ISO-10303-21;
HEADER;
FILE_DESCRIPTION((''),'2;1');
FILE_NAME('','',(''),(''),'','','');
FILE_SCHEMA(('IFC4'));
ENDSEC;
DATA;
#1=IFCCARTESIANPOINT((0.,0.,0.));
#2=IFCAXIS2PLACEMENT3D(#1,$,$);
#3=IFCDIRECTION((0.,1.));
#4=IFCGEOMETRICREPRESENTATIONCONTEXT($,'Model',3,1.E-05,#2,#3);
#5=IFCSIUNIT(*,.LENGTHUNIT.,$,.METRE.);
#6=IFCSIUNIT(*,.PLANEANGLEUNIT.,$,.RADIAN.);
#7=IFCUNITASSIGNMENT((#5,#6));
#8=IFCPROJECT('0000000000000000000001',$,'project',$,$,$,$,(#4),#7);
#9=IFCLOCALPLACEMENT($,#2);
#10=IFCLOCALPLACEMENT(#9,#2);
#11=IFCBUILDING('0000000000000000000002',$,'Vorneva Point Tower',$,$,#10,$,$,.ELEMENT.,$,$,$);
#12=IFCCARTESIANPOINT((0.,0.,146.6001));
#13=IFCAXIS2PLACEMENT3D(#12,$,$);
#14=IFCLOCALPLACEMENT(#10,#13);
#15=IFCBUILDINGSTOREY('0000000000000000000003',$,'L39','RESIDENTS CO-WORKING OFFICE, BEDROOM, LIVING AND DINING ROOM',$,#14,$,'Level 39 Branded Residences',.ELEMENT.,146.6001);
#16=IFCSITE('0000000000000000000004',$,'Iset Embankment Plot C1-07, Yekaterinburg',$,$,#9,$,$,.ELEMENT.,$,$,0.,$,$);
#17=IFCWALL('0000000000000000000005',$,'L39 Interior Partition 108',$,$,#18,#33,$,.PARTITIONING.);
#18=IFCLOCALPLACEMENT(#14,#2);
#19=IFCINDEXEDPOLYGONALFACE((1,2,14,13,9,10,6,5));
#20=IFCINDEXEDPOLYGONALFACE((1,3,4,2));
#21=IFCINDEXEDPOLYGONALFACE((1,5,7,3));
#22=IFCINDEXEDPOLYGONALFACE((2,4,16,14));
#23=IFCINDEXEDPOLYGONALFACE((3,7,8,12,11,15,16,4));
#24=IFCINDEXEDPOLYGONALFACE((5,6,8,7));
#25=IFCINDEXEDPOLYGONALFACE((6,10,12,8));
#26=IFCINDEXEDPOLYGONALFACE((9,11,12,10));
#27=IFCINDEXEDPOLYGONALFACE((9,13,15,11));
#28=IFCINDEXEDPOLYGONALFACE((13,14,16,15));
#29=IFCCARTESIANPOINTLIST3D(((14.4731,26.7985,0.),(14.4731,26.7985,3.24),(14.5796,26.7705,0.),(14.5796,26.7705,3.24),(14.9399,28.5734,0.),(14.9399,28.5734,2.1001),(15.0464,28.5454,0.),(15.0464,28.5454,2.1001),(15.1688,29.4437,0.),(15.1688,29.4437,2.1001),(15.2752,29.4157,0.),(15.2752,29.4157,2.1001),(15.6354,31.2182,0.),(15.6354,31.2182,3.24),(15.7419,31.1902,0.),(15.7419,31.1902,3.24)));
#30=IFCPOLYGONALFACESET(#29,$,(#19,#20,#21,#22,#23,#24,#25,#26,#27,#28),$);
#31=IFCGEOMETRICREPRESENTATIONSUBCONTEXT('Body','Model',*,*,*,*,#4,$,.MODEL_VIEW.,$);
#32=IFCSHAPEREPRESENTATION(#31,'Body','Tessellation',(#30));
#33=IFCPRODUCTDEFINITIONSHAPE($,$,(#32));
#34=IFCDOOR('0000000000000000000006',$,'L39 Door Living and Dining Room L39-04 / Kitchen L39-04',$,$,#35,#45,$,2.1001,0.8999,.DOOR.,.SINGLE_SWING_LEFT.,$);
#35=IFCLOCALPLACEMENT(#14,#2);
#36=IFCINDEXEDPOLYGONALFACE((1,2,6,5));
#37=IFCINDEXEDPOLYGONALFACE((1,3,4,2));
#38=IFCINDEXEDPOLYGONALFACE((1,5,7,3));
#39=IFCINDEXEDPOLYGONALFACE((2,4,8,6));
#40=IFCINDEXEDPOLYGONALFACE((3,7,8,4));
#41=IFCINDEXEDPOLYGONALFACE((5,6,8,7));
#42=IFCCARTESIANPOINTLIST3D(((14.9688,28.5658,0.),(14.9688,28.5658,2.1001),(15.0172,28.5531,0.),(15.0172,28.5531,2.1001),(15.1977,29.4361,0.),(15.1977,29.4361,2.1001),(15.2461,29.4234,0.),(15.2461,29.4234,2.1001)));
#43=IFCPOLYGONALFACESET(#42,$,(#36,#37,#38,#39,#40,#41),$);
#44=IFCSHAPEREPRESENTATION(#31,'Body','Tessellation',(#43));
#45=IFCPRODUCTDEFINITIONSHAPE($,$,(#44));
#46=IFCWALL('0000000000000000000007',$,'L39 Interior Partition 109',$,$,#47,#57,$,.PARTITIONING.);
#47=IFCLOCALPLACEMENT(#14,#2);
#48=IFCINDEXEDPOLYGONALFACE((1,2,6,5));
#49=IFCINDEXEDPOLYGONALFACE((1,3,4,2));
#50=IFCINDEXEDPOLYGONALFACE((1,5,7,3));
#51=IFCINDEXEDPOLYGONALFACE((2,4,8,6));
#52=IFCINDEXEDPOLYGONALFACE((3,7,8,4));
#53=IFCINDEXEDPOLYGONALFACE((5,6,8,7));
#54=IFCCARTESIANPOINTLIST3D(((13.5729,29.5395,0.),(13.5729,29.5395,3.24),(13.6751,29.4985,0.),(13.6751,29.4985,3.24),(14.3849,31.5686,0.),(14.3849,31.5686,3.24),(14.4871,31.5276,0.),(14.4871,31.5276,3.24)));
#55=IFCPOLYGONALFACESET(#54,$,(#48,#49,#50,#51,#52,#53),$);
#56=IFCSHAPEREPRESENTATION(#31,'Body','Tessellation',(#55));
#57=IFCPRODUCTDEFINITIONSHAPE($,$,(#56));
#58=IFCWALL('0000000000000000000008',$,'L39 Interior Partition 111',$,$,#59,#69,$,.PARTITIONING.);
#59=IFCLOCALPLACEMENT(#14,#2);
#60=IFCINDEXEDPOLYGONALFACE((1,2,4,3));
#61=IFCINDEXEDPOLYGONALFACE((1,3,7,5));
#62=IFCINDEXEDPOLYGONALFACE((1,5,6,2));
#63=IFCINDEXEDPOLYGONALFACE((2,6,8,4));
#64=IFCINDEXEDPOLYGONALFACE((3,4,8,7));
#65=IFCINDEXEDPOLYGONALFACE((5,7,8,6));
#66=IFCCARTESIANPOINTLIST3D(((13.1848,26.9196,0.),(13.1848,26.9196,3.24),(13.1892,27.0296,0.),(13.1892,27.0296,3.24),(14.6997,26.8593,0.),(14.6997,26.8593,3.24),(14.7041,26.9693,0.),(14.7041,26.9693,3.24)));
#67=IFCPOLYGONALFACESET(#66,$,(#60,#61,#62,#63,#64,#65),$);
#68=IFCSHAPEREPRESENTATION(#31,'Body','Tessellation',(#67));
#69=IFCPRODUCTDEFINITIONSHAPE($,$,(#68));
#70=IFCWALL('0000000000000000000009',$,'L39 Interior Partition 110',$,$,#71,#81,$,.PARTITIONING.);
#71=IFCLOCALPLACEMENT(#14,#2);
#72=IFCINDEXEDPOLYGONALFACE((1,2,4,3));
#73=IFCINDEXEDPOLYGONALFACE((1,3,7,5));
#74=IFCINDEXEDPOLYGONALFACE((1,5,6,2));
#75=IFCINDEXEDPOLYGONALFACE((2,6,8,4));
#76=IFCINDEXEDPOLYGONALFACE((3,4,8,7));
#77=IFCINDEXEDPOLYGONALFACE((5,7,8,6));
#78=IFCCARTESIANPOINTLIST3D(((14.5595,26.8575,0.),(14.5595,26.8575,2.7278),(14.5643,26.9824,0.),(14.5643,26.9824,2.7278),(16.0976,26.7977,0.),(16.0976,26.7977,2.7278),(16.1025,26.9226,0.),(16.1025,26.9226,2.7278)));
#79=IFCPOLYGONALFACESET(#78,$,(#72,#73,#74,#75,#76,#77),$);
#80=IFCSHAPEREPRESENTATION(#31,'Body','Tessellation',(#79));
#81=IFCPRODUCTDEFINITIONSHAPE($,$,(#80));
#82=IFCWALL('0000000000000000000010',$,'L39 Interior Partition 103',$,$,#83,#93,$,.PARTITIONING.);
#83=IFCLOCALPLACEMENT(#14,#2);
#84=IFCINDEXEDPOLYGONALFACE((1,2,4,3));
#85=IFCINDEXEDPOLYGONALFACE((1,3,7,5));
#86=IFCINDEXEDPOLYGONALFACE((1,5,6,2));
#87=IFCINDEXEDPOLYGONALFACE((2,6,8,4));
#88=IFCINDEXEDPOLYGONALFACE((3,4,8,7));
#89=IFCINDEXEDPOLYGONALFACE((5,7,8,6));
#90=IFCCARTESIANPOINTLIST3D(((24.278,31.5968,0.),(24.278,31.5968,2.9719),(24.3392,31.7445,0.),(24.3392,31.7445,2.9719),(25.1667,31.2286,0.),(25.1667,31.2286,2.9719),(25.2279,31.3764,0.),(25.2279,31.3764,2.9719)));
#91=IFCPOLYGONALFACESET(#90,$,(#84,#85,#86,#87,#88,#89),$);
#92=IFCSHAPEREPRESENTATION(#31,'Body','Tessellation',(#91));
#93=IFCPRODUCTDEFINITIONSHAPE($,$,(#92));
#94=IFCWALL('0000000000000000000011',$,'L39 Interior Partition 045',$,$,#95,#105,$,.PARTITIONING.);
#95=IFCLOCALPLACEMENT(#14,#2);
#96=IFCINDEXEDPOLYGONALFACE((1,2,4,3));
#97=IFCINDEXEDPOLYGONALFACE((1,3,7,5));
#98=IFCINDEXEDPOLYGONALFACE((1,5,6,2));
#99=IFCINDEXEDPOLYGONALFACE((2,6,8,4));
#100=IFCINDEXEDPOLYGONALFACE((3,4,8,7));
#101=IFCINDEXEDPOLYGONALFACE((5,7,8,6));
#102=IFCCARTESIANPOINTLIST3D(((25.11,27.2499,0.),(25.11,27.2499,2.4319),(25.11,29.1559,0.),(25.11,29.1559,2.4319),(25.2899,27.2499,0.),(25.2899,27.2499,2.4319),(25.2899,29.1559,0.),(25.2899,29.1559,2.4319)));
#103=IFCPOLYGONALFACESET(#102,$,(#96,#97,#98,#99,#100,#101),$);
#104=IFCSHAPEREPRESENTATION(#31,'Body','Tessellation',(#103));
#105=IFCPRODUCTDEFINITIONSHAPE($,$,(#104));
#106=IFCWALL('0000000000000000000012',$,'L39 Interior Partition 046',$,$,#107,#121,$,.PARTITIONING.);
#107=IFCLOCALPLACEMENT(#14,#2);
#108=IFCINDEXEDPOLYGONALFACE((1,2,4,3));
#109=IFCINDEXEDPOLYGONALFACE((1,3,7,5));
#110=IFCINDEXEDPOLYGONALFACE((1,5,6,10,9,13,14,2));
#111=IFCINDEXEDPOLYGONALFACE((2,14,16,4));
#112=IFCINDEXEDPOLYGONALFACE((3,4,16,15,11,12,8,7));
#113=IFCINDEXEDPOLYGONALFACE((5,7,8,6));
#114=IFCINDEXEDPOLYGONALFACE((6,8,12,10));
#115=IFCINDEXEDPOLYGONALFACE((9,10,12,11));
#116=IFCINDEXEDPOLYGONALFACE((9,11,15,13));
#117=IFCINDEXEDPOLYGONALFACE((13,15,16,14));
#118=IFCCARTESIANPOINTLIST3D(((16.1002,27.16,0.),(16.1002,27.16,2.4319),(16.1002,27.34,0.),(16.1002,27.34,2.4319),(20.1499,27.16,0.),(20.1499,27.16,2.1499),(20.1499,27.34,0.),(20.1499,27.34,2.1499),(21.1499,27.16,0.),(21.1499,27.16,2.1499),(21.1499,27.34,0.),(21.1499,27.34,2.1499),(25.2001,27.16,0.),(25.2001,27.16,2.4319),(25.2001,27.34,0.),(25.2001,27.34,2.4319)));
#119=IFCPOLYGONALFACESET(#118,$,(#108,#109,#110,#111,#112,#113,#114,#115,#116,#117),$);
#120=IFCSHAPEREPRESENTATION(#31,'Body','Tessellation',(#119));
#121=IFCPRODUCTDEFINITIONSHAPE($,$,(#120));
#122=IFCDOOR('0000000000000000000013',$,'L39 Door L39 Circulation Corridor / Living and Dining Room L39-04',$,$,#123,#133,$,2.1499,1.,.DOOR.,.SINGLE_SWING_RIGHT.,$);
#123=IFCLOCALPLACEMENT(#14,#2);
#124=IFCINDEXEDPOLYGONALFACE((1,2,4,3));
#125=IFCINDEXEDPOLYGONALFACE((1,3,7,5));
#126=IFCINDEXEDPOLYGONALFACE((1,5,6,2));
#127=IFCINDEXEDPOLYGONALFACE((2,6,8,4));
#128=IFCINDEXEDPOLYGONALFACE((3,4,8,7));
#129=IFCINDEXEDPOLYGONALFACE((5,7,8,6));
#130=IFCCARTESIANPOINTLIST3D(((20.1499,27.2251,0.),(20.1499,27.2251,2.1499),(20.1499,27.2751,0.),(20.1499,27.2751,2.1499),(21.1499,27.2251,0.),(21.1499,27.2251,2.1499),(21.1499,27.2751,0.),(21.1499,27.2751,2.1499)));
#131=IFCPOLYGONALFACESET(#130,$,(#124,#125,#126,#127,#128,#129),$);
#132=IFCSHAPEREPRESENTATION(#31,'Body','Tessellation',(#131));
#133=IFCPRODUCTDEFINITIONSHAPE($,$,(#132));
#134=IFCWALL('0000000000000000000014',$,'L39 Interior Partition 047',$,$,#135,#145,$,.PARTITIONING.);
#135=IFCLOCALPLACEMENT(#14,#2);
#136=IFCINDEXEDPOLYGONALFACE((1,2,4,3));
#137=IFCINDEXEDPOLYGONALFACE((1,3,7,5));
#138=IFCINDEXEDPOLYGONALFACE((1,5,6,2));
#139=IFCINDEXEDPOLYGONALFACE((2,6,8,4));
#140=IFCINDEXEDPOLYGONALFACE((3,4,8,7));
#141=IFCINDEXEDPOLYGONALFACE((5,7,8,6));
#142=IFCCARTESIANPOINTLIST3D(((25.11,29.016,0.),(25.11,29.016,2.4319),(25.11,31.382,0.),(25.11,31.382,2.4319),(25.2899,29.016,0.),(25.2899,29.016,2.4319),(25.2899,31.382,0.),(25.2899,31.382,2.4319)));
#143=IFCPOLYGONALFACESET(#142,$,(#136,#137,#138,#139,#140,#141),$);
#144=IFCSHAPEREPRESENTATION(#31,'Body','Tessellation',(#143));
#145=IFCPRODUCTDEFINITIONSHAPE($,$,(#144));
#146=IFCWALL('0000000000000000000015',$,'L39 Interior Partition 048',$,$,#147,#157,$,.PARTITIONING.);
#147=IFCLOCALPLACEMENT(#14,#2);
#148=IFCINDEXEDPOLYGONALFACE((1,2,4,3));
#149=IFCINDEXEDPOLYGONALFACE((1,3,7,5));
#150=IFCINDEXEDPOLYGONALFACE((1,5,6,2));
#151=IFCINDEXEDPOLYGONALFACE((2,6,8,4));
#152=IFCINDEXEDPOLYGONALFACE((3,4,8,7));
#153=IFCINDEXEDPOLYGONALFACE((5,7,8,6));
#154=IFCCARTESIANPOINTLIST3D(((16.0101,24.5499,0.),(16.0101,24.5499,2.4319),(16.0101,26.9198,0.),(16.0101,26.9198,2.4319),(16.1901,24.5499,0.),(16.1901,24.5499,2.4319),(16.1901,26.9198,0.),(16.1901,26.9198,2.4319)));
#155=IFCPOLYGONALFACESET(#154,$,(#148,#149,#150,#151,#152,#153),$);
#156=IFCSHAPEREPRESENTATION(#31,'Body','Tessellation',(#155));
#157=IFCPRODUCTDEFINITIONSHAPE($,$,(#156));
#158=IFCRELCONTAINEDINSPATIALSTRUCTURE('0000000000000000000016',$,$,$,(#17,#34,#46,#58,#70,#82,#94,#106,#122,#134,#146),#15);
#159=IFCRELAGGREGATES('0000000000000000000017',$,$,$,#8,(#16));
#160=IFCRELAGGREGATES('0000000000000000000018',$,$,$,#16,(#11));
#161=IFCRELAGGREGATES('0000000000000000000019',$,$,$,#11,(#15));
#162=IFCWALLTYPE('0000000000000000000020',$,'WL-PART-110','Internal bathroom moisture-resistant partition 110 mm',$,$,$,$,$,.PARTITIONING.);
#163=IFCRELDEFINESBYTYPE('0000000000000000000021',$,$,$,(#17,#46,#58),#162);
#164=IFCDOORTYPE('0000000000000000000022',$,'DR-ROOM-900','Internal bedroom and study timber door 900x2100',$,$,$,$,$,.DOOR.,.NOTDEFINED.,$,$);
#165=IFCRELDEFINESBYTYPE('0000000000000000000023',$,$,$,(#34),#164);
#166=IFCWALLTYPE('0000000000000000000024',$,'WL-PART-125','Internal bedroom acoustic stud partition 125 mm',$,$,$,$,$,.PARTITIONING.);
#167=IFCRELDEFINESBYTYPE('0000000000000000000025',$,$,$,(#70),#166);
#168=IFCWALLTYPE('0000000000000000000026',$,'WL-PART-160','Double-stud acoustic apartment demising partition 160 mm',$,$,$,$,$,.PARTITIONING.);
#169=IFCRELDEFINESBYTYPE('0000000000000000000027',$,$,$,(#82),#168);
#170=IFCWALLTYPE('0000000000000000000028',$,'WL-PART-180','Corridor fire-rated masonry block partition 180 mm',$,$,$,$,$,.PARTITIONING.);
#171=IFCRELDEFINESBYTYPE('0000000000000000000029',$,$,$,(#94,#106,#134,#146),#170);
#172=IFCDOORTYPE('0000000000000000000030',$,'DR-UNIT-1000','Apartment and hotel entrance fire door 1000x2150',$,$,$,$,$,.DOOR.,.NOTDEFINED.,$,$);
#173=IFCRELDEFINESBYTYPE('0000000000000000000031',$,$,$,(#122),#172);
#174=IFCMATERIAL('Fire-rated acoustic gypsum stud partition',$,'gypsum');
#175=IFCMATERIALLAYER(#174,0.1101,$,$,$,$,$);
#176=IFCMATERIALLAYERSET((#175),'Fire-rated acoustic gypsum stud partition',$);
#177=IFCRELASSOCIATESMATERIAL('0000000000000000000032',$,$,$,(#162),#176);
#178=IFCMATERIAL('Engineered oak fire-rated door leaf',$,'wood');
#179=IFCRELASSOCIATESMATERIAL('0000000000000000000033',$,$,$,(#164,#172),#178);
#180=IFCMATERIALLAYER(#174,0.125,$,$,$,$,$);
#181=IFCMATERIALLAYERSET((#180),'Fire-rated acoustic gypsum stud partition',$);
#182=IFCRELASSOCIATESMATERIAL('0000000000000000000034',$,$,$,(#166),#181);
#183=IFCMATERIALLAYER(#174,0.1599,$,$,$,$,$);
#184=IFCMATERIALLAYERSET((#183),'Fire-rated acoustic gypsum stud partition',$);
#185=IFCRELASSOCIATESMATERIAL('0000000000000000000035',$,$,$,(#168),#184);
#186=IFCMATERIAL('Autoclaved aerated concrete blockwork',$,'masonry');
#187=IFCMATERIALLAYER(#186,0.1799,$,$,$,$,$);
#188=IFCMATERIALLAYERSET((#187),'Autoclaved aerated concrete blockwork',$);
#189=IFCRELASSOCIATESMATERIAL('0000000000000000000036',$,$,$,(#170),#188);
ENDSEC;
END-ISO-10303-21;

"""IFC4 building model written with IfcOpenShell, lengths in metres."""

from ifc_helpers import new_model, si_unit, direction, frame, frame_2d, origin, place, context, subcontext, project, spatial, rectangle, extrude, material, layer, layer_set, type_object, element, fill, save


model = new_model("IFC4")

# Units and contexts
model_context = context("Model", 3, precision=1e-05, world=origin(), true_north=direction((0.0, 1.0)))
body_context = subcontext(model_context, "Body", "Model", "MODEL_VIEW")
ifc_project = project(units=[si_unit("LENGTHUNIT", "METRE"), si_unit("PLANEANGLEUNIT", "RADIAN")], contexts=[model_context])

# Site, building, storey
site_placement = place(None, origin())
site = spatial("IfcSite", under=ifc_project, at=site_placement, Name="Iset Embankment Plot C1-07, Yekaterinburg", CompositionType="ELEMENT", RefElevation=0.0)
building_placement = place(site_placement, origin())
building = spatial("IfcBuilding", under=site, at=building_placement, Name="Vorneva Point Tower", CompositionType="ELEMENT")
storey_placement = place(building_placement, frame((0.0, 0.0, 146.6001)))
storey = spatial("IfcBuildingStorey", under=building, at=storey_placement, Name="L39", Description="RESIDENTS CO-WORKING OFFICE, BEDROOM, LIVING AND DINING ROOM", LongName="Level 39 Branded Residences", CompositionType="ELEMENT", Elevation=146.6001)

# Shared definitions
ifc_material_1 = material(Name="Fire-rated acoustic gypsum stud partition", Category="gypsum")
ifc_layer_1 = layer(ifc_material_1, 0.1101)
ifc_layer_set_1 = layer_set([ifc_layer_1], Name="Fire-rated acoustic gypsum stud partition")
wall_type_1 = type_object("IfcWallType", Name="WL-PART-110", Description="Internal bathroom moisture-resistant partition 110 mm", PredefinedType="PARTITIONING", material=ifc_layer_set_1)
ifc_material_2 = material(Name="Engineered oak fire-rated door leaf", Category="wood")

# Wall, opening, door
wall_1_placement = place(storey_placement, frame((15.6887, 31.2043, 0.0), z_axis=(0.0, 0.0, 1.0), x_axis=(-0.254346, -0.967113, 0.0)))
wall_1 = element("IfcWall", 1, at=wall_1_placement, inside=storey, type_object=wall_type_1, Name="L39 Interior Partition 108", PredefinedType="PARTITIONING", context=body_context, shape_type="SweptSolid", body=[
    extrude(rectangle(XDim=4.5701, YDim=0.1101, at=frame_2d((2.2852, 0.0))), origin(), (0.0, 0.0, 1.0), 3.24),
])
opening_1_placement = place(wall_1_placement, frame((1.835, 0.0, 0.0)))
opening_1 = element("IfcOpeningElement", 2, at=opening_1_placement, cuts=wall_1, PredefinedType="OPENING", context=body_context, shape_type="SweptSolid", body=[
    extrude(rectangle(XDim=0.8999, YDim=2.1001, at=frame_2d((0.45, 1.05))), frame((0.0, 0.0698, 0.0), z_axis=(0.0, -1.0, 0.0), x_axis=(1.0, 0.0, 0.0)), (0.0, 0.0, 1.0), 0.1399),
])
door_type_1 = type_object("IfcDoorType", Name="DR-ROOM-900", Description="Internal bedroom and study timber door 900x2100", OperationType="NOTDEFINED", PredefinedType="DOOR", material=ifc_material_2)
door_1_placement = place(opening_1_placement, origin())
door_1 = element("IfcDoor", 3, at=door_1_placement, inside=storey, type_object=door_type_1, Name="L39 Door Living and Dining Room L39-04 / Kitchen L39-04", OperationType="SINGLE_SWING_LEFT", OverallHeight=2.1001, OverallWidth=0.8999, PredefinedType="DOOR", context=body_context, shape_type="SweptSolid", body=[
    extrude(rectangle(XDim=0.8999, YDim=2.1001, at=frame_2d((0.45, 1.05))), frame((0.0, 0.0249, 0.0), z_axis=(0.0, -1.0, 0.0), x_axis=(1.0, 0.0, 0.0)), (0.0, 0.0, 1.0), 0.05),
])
fill(opening_1, door_1)

# Walls
wall_2_placement = place(storey_placement, frame((14.436, 31.5481, 0.0), z_axis=(0.0, 0.0, 1.0), x_axis=(-0.371545, -0.928415, 0.0)))
element("IfcWall", 4, at=wall_2_placement, inside=storey, type_object=wall_type_1, Name="L39 Interior Partition 109", PredefinedType="PARTITIONING", context=body_context, shape_type="SweptSolid", body=[
    extrude(rectangle(XDim=2.1855, YDim=0.1101, at=frame_2d((1.0928, 0.0))), origin(), (0.0, 0.0, 1.0), 3.24),
])
wall_3_placement = place(storey_placement, frame((13.187, 26.9746, 0.0), z_axis=(0.0, 0.0, 1.0), x_axis=(0.999209, -0.039775, 0.0)))
element("IfcWall", 5, at=wall_3_placement, inside=storey, type_object=wall_type_1, Name="L39 Interior Partition 111", PredefinedType="PARTITIONING", context=body_context, shape_type="SweptSolid", body=[
    extrude(rectangle(XDim=1.5161, YDim=0.1101, at=frame_2d((0.7581, 0.0))), origin(), (0.0, 0.0, 1.0), 3.24),
])
ifc_layer_2 = layer(ifc_material_1, 0.125)
ifc_layer_set_2 = layer_set([ifc_layer_2], Name="Fire-rated acoustic gypsum stud partition")
wall_type_2 = type_object("IfcWallType", Name="WL-PART-125", Description="Internal bedroom acoustic stud partition 125 mm", PredefinedType="PARTITIONING", material=ifc_layer_set_2)
wall_4_placement = place(storey_placement, frame((14.562, 26.9199, 0.0), z_axis=(0.0, 0.0, 1.0), x_axis=(0.999245, -0.03886, 0.0)))
element("IfcWall", 6, at=wall_4_placement, inside=storey, type_object=wall_type_2, Name="L39 Interior Partition 110", PredefinedType="PARTITIONING", context=body_context, shape_type="SweptSolid", body=[
    extrude(rectangle(XDim=1.5393, YDim=0.125, at=frame_2d((0.7695, 0.0))), origin(), (0.0, 0.0, 1.0), 2.7278),
])
ifc_layer_3 = layer(ifc_material_1, 0.1599)
ifc_layer_set_3 = layer_set([ifc_layer_3], Name="Fire-rated acoustic gypsum stud partition")
wall_type_3 = type_object("IfcWallType", Name="WL-PART-160", Description="Double-stud acoustic apartment demising partition 160 mm", PredefinedType="PARTITIONING", material=ifc_layer_set_3)
wall_5_placement = place(storey_placement, frame((24.3086, 31.6707, 0.0), z_axis=(0.0, 0.0, 1.0), x_axis=(0.923856, -0.38274, 0.0)))
element("IfcWall", 7, at=wall_5_placement, inside=storey, type_object=wall_type_3, Name="L39 Interior Partition 103", PredefinedType="PARTITIONING", context=body_context, shape_type="SweptSolid", body=[
    extrude(rectangle(XDim=0.9619, YDim=0.1599, at=frame_2d((0.481, 0.0))), origin(), (0.0, 0.0, 1.0), 2.9719),
])
ifc_material_3 = material(Name="Autoclaved aerated concrete blockwork", Category="masonry")
ifc_layer_4 = layer(ifc_material_3, 0.1799)
ifc_layer_set_4 = layer_set([ifc_layer_4], Name="Autoclaved aerated concrete blockwork")
wall_type_4 = type_object("IfcWallType", Name="WL-PART-180", Description="Corridor fire-rated masonry block partition 180 mm", PredefinedType="PARTITIONING", material=ifc_layer_set_4)
wall_6_placement = place(storey_placement, frame((25.2, 29.156, 0.0), z_axis=(0.0, 0.0, 1.0), x_axis=(0.0, -1.0, 0.0)))
element("IfcWall", 8, at=wall_6_placement, inside=storey, type_object=wall_type_4, Name="L39 Interior Partition 045", PredefinedType="PARTITIONING", context=body_context, shape_type="SweptSolid", body=[
    extrude(rectangle(XDim=1.906, YDim=0.1799, at=frame_2d((0.9531, 0.0))), origin(), (0.0, 0.0, 1.0), 2.4319),
])

# Wall, opening, door
wall_7_placement = place(storey_placement, frame((25.2, 27.25, 0.0), z_axis=(0.0, 0.0, 1.0), x_axis=(-1.0, 0.0, 0.0)))
wall_7 = element("IfcWall", 9, at=wall_7_placement, inside=storey, type_object=wall_type_4, Name="L39 Interior Partition 046", PredefinedType="PARTITIONING", context=body_context, shape_type="SweptSolid", body=[
    extrude(rectangle(XDim=9.0999, YDim=0.1799, at=frame_2d((4.5498, 0.0))), origin(), (0.0, 0.0, 1.0), 2.4319),
])
opening_2_placement = place(wall_7_placement, frame((4.05, 0.0, 0.0)))
opening_2 = element("IfcOpeningElement", 10, at=opening_2_placement, cuts=wall_7, PredefinedType="OPENING", context=body_context, shape_type="SweptSolid", body=[
    extrude(rectangle(XDim=1.0, YDim=2.1499, at=frame_2d((0.5, 1.075))), frame((0.0, 0.105, 0.0), z_axis=(0.0, -1.0, 0.0), x_axis=(1.0, 0.0, 0.0)), (0.0, 0.0, 1.0), 0.2097),
])
door_type_2 = type_object("IfcDoorType", Name="DR-UNIT-1000", Description="Apartment and hotel entrance fire door 1000x2150", OperationType="NOTDEFINED", PredefinedType="DOOR", material=ifc_material_2)
door_2_placement = place(opening_2_placement, origin())
door_2 = element("IfcDoor", 11, at=door_2_placement, inside=storey, type_object=door_type_2, Name="L39 Door L39 Circulation Corridor / Living and Dining Room L39-04", OperationType="SINGLE_SWING_RIGHT", OverallHeight=2.1499, OverallWidth=1.0, PredefinedType="DOOR", context=body_context, shape_type="SweptSolid", body=[
    extrude(rectangle(XDim=1.0, YDim=2.1499, at=frame_2d((0.5, 1.075))), frame((0.0, 0.0249, 0.0), z_axis=(0.0, -1.0, 0.0), x_axis=(1.0, 0.0, 0.0)), (0.0, 0.0, 1.0), 0.05),
])
fill(opening_2, door_2)

# Walls
wall_8_placement = place(storey_placement, frame((25.2, 31.3821, 0.0), z_axis=(0.0, 0.0, 1.0), x_axis=(0.0, -1.0, 0.0)))
element("IfcWall", 12, at=wall_8_placement, inside=storey, type_object=wall_type_4, Name="L39 Interior Partition 047", PredefinedType="PARTITIONING", context=body_context, shape_type="SweptSolid", body=[
    extrude(rectangle(XDim=2.366, YDim=0.1799, at=frame_2d((1.1831, 0.0))), origin(), (0.0, 0.0, 1.0), 2.4319),
])
wall_9_placement = place(storey_placement, frame((16.1001, 26.9199, 0.0), z_axis=(0.0, 0.0, 1.0), x_axis=(0.0, -1.0, 0.0)))
element("IfcWall", 13, at=wall_9_placement, inside=storey, type_object=wall_type_4, Name="L39 Interior Partition 048", PredefinedType="PARTITIONING", context=body_context, shape_type="SweptSolid", body=[
    extrude(rectangle(XDim=2.3699, YDim=0.1799, at=frame_2d((1.1851, 0.0))), origin(), (0.0, 0.0, 1.0), 2.4319),
])

save(model, "model.ifc")
